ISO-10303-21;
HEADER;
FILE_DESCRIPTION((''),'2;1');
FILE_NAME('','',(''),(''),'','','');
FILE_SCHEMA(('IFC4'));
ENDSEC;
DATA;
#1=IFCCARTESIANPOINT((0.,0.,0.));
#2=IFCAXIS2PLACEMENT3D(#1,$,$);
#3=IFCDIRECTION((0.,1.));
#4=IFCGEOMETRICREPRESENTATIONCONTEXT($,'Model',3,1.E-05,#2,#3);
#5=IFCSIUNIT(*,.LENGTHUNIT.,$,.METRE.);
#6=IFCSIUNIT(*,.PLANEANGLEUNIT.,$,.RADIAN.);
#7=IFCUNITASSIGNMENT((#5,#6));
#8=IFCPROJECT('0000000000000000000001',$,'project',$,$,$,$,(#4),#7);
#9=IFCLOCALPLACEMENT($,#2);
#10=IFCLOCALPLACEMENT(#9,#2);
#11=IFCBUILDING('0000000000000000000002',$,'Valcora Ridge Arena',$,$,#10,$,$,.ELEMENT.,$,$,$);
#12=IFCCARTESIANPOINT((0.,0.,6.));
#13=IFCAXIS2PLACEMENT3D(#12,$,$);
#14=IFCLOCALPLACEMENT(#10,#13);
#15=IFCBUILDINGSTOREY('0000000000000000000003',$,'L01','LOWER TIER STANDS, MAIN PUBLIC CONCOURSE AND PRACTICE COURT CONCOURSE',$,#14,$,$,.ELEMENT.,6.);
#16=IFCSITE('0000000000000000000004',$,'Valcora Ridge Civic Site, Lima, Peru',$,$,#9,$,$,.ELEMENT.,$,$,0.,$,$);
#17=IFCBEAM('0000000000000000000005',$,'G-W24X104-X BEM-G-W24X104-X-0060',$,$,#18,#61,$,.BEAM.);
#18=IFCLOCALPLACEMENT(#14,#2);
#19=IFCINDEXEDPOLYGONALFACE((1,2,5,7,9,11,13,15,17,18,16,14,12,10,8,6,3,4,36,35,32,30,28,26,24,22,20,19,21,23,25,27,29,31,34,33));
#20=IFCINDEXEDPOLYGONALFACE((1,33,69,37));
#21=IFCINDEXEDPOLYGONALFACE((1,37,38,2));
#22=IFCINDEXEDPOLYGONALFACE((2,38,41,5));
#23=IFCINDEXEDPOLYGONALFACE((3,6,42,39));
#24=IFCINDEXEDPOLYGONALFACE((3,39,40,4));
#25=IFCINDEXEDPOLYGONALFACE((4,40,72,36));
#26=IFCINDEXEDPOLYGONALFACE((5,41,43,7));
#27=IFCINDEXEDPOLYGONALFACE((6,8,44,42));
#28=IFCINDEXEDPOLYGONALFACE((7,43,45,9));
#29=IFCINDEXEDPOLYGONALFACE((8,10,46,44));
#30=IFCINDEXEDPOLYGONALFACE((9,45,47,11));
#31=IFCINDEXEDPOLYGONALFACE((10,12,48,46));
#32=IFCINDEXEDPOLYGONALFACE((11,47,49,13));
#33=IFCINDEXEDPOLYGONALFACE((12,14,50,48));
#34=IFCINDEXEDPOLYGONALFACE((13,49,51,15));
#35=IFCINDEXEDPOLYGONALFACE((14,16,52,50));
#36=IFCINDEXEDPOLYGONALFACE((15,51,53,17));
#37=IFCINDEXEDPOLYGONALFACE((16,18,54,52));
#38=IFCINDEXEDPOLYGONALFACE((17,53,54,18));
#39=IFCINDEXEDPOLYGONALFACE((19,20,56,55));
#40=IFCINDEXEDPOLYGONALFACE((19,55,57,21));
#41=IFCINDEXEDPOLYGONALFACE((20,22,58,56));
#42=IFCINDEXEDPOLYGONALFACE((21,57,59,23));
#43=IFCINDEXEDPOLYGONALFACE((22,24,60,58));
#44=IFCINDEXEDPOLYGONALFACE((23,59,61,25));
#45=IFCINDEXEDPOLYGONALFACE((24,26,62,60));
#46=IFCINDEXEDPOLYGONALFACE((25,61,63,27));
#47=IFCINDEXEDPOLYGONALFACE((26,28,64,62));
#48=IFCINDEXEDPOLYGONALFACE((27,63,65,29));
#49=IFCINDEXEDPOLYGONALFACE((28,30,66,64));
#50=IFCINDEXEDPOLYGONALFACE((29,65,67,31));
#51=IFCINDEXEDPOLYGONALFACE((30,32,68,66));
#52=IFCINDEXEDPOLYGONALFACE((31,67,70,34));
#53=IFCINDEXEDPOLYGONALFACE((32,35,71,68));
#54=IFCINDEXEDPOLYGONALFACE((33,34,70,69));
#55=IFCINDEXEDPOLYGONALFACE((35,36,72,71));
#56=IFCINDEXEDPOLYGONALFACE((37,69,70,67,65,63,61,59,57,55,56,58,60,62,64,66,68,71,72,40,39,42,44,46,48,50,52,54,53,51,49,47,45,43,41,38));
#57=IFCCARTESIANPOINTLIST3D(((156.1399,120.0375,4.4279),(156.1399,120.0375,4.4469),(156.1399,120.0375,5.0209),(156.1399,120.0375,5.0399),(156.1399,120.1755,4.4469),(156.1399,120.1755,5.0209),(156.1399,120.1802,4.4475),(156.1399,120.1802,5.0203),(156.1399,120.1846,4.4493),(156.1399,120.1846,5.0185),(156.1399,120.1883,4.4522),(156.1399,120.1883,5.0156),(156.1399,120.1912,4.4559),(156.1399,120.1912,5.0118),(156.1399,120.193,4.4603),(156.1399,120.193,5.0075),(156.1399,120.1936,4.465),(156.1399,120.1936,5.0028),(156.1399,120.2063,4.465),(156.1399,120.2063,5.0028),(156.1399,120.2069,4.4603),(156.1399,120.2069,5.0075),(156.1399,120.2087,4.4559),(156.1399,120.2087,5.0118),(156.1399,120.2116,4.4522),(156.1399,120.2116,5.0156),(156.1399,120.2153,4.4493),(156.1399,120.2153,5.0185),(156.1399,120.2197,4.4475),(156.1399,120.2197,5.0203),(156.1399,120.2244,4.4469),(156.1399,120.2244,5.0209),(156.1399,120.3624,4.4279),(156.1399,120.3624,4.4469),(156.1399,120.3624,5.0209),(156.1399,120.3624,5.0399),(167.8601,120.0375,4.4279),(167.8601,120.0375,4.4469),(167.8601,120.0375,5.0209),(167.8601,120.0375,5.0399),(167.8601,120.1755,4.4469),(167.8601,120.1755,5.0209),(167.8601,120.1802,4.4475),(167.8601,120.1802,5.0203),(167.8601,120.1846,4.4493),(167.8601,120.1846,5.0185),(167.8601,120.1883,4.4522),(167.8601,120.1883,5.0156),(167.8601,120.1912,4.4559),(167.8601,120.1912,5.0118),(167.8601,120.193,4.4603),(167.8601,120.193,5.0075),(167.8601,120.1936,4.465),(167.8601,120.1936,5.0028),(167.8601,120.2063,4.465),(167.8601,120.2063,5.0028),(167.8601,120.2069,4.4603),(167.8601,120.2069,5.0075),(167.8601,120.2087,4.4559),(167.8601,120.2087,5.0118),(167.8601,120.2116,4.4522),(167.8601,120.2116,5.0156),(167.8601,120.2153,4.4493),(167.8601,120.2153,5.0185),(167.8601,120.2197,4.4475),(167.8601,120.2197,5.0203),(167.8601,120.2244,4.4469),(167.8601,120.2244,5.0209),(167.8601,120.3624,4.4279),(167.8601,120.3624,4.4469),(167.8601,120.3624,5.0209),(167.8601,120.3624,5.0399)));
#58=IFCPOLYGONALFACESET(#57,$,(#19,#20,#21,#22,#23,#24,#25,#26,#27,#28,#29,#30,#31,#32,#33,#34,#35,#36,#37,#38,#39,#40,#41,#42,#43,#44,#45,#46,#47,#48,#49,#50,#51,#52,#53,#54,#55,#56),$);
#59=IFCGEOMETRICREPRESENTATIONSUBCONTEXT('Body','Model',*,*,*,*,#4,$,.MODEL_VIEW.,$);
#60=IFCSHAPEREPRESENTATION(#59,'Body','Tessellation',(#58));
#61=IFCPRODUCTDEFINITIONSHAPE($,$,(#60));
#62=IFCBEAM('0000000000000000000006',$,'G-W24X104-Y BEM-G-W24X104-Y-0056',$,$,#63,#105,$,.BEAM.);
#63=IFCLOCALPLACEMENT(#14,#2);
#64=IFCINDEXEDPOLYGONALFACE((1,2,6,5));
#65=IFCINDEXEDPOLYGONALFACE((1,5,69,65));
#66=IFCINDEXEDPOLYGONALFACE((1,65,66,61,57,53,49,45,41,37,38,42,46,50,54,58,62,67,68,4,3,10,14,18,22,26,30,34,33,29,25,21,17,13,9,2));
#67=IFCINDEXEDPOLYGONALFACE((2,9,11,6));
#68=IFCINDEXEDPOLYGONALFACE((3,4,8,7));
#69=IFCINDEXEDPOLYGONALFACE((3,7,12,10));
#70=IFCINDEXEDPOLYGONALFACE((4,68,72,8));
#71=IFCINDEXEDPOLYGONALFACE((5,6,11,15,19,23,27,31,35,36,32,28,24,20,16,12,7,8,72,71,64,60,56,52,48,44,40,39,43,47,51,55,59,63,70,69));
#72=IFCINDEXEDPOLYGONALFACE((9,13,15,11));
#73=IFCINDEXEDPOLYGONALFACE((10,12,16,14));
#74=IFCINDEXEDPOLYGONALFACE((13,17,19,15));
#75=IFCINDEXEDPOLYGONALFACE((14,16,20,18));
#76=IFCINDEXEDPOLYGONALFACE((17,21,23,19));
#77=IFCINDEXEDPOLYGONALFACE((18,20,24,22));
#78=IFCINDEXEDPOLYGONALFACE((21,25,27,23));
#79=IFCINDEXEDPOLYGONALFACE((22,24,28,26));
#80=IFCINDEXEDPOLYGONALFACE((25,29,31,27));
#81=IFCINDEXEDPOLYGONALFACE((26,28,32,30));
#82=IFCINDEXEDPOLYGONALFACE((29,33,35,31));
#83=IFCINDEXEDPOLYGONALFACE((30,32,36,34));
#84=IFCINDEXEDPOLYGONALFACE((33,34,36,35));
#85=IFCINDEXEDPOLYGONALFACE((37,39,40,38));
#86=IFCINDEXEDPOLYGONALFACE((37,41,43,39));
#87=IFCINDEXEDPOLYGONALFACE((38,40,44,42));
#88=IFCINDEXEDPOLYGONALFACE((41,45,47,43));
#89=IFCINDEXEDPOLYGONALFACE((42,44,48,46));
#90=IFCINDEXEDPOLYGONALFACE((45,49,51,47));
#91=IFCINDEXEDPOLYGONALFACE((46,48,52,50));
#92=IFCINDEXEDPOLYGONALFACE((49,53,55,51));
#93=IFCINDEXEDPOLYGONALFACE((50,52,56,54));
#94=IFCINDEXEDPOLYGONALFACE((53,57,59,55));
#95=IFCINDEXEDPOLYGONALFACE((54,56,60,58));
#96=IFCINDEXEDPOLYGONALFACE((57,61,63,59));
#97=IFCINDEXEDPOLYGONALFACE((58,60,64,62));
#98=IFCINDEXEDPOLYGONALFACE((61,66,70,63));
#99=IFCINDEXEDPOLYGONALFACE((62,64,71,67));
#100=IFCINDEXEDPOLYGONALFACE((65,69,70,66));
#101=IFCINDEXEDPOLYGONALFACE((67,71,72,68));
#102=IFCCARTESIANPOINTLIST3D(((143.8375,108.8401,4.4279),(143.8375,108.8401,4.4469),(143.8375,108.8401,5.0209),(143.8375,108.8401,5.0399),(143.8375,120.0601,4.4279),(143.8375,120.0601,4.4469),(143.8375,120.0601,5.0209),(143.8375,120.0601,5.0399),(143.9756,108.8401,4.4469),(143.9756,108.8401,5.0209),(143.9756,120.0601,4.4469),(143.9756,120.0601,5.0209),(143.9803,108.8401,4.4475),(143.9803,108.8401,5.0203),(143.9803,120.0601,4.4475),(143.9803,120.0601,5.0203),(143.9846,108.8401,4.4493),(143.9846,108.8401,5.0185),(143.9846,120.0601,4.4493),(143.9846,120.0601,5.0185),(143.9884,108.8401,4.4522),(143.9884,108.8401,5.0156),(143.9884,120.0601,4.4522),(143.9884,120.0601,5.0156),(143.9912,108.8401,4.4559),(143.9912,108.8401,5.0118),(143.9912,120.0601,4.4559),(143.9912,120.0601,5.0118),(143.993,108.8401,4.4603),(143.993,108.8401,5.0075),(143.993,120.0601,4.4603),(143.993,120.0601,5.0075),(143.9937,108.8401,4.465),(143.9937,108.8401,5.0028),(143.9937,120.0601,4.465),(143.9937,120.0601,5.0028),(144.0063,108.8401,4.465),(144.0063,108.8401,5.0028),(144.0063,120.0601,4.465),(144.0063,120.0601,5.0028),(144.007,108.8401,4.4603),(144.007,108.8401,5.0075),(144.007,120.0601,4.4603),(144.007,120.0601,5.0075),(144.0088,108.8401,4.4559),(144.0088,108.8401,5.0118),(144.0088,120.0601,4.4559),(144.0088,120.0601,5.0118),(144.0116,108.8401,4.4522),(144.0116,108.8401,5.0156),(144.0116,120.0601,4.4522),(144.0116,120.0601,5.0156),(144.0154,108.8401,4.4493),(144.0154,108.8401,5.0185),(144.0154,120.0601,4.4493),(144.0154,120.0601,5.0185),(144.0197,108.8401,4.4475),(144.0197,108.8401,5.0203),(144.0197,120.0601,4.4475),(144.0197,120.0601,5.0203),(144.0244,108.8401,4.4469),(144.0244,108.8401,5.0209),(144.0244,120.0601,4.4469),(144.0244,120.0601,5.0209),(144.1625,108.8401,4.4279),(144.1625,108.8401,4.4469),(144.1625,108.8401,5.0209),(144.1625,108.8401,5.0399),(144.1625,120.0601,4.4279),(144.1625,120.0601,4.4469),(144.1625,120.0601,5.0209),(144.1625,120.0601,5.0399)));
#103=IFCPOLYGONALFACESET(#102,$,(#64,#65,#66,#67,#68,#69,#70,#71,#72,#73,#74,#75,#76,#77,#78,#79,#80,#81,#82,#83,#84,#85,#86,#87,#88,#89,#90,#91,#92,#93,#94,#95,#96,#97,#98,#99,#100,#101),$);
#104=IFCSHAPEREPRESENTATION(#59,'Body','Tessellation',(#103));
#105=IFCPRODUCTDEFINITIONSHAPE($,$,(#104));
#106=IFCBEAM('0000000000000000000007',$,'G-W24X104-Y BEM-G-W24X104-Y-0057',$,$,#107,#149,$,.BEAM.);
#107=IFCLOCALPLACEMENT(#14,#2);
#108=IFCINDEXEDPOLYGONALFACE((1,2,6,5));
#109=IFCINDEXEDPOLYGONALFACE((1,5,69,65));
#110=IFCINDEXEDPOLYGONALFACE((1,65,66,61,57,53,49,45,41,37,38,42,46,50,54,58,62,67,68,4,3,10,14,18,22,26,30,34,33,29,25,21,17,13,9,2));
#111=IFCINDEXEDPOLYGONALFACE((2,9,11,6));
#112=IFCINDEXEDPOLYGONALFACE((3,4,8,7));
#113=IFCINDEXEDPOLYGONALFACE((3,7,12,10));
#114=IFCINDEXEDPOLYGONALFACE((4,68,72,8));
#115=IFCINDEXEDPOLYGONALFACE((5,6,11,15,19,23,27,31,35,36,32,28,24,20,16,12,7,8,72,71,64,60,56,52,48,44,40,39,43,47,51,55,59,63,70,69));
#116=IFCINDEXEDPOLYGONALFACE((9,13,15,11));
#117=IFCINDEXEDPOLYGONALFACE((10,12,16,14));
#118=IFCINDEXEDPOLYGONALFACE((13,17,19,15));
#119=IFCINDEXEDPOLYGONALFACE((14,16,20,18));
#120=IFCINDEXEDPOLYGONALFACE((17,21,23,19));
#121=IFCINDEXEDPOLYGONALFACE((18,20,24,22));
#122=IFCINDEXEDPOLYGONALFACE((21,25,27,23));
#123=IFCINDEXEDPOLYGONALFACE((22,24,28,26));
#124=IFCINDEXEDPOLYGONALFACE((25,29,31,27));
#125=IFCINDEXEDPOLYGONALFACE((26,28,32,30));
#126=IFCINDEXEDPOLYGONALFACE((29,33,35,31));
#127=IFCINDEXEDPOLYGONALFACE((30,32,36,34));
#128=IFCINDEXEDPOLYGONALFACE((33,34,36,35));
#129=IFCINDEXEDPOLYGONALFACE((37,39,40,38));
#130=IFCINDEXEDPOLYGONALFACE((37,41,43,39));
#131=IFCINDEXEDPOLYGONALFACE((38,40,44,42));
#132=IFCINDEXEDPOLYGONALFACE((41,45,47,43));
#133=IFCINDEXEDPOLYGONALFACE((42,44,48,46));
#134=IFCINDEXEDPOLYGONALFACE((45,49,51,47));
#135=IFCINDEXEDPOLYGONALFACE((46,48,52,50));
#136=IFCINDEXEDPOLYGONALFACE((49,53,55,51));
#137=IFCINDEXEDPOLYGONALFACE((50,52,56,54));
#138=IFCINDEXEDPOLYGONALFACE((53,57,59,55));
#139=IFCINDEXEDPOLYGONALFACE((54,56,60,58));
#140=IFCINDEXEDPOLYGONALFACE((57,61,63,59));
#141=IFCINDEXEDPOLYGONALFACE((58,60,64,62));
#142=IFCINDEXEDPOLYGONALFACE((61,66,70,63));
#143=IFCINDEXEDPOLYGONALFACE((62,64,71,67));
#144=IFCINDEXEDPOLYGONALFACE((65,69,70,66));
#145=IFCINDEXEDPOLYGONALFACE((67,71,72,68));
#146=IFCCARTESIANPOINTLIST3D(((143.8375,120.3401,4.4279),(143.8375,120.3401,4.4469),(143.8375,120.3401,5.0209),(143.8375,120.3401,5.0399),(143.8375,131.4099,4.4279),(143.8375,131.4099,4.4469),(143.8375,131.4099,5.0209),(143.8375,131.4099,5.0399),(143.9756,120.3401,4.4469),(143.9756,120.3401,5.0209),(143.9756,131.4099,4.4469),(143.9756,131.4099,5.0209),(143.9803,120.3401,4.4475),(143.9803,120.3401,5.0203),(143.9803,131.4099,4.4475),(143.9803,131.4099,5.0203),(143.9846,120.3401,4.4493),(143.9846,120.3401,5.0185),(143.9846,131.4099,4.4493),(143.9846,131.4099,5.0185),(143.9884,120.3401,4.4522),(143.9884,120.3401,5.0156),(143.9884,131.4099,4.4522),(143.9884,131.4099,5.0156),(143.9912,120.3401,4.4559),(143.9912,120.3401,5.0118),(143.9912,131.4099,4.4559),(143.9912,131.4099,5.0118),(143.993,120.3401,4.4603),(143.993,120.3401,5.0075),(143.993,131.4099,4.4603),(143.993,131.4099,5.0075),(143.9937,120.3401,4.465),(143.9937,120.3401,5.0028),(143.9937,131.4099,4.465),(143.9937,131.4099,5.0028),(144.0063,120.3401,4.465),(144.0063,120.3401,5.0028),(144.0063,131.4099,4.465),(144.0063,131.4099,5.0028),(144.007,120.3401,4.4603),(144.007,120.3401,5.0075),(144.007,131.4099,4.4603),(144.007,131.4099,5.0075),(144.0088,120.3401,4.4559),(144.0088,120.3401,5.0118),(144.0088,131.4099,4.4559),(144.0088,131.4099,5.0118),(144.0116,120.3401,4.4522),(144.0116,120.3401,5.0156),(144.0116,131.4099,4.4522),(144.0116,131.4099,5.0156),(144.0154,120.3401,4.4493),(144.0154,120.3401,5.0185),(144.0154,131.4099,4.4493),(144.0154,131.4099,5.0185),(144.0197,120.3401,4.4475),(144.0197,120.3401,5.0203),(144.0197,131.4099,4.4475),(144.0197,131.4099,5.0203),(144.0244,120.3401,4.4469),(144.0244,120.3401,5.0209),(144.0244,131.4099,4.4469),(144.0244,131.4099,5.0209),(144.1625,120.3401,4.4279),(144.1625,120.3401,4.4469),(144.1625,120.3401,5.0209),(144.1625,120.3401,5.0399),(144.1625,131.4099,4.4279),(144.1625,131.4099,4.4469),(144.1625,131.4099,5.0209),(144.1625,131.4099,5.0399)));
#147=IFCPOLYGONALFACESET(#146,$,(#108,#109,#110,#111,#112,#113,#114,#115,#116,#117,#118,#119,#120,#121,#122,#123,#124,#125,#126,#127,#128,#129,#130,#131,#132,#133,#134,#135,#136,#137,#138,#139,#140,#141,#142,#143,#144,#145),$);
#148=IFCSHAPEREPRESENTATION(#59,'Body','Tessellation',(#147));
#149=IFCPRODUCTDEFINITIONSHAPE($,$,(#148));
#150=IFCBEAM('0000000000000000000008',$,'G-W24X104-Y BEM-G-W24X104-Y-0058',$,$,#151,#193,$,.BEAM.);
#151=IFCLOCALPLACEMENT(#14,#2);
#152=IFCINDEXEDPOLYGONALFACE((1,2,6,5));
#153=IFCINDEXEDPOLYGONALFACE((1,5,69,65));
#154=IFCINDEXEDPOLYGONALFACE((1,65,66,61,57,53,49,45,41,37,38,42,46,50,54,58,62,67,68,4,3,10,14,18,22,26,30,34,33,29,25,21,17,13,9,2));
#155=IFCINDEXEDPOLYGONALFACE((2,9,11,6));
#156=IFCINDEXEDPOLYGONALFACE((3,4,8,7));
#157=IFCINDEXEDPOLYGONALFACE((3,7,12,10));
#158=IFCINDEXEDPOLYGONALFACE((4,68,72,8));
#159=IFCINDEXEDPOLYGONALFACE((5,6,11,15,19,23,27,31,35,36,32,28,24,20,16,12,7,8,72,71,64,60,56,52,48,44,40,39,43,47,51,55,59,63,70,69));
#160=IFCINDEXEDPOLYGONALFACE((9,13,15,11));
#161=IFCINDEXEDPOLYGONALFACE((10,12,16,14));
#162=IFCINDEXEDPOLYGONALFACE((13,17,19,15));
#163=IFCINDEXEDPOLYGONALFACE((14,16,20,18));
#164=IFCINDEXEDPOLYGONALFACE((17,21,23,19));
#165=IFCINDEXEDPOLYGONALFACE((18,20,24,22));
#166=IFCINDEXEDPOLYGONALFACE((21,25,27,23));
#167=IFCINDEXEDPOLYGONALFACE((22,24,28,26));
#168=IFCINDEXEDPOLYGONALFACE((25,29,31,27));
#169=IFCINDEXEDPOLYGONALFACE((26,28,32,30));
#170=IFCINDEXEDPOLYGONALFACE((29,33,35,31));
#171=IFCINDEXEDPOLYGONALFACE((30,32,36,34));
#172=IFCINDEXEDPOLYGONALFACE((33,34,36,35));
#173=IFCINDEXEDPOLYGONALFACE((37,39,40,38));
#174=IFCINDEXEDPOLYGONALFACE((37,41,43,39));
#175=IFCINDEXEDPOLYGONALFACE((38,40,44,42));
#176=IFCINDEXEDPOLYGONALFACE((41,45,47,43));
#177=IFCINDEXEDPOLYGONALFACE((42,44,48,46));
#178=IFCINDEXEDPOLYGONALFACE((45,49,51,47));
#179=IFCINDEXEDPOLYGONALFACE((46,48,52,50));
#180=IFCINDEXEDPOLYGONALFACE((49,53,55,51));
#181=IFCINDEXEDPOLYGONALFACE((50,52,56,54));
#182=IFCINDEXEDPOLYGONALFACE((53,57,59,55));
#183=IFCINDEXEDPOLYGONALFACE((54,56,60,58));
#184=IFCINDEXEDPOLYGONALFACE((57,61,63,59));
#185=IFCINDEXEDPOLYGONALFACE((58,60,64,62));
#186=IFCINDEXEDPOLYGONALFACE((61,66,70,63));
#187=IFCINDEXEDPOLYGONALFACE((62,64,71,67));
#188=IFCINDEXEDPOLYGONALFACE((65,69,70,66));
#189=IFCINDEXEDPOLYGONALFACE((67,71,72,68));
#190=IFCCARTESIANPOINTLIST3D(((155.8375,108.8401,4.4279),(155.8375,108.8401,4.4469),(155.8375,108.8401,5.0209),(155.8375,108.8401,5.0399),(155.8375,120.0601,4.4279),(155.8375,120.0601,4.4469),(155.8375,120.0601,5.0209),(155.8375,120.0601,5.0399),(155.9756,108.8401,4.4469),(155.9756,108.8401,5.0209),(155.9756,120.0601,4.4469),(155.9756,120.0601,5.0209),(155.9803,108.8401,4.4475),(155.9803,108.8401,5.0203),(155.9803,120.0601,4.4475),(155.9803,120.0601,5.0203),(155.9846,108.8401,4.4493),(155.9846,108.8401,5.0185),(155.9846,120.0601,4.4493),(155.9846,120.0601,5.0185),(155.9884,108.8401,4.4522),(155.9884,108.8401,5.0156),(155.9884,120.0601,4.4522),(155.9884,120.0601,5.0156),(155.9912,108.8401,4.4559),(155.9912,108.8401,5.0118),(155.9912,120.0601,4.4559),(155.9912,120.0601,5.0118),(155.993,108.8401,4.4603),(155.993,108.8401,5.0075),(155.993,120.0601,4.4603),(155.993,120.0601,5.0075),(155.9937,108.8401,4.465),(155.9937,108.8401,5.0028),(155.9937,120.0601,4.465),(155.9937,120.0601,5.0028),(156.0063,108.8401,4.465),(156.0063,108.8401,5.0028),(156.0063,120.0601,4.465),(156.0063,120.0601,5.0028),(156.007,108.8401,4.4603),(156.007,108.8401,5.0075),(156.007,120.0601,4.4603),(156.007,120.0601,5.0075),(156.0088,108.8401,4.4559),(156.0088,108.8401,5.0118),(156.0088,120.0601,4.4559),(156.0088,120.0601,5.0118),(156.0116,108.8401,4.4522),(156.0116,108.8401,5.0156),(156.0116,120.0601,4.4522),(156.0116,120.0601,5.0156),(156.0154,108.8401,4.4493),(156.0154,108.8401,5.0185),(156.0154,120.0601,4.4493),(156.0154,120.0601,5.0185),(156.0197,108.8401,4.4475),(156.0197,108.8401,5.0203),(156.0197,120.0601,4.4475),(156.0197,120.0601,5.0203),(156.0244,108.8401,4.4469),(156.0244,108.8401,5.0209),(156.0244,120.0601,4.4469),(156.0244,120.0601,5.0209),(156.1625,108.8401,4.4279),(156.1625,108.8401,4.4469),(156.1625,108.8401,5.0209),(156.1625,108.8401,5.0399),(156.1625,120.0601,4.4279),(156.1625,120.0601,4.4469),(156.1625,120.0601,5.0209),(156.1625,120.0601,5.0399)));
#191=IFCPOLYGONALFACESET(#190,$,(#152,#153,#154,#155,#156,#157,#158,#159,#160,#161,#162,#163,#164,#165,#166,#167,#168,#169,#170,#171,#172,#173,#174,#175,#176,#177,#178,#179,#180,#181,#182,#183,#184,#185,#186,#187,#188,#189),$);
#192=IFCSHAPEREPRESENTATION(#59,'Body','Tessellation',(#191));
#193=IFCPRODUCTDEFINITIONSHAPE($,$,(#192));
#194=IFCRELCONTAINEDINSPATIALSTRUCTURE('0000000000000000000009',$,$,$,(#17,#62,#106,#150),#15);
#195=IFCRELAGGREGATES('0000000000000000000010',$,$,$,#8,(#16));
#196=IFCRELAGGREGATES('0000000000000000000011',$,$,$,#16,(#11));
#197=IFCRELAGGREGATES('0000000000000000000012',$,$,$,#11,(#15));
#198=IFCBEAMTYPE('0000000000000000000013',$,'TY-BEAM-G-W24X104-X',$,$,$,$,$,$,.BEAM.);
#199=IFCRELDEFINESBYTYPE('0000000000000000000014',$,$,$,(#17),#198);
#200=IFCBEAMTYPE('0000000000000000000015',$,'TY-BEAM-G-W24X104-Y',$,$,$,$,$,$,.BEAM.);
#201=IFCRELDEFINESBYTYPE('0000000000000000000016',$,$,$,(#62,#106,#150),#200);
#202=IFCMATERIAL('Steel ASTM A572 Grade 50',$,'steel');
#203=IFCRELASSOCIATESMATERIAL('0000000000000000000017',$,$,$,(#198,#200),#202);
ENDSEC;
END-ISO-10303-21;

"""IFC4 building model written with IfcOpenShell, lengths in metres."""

from ifc_helpers import new_model, si_unit, direction, frame, origin, origin_2d, place, context, subcontext, project, spatial, i_section, extrude, material, material_profile, profile_set, type_object, element, save


model = new_model("IFC4")

# Units and contexts
model_context = context("Model", 3, precision=1e-05, world=origin(), true_north=direction((0.0, 1.0)))
body_context = subcontext(model_context, "Body", "Model", "MODEL_VIEW")
ifc_project = project(units=[si_unit("LENGTHUNIT", "METRE"), si_unit("PLANEANGLEUNIT", "RADIAN")], contexts=[model_context])

# Site, building, storey
site_placement = place(None, origin())
site = spatial("IfcSite", under=ifc_project, at=site_placement, Name="Valcora Ridge Civic Site, Lima, Peru", CompositionType="ELEMENT", RefElevation=0.0)
building_placement = place(site_placement, origin())
building = spatial("IfcBuilding", under=site, at=building_placement, Name="Valcora Ridge Arena", CompositionType="ELEMENT")
storey_placement = place(building_placement, frame((0.0, 0.0, 6.0)))
storey = spatial("IfcBuildingStorey", under=building, at=storey_placement, Name="L01", Description="LOWER TIER STANDS, MAIN PUBLIC CONCOURSE AND PRACTICE COURT CONCOURSE", CompositionType="ELEMENT", Elevation=6.0)

# Beams
ifc_material_1 = material(Name="Steel ASTM A572 Grade 50", Category="steel")
ifc_material_profile_1 = material_profile(ifc_material_1, i_section(OverallWidth=0.325, OverallDepth=0.6121, WebThickness=0.0127, FlangeThickness=0.019, FilletRadius=0.0181, at=origin_2d()), Name="W24X104")
ifc_profile_set_1 = profile_set([ifc_material_profile_1], Name="Steel ASTM A572 Grade 50")
beam_type_1 = type_object("IfcBeamType", Name="TY-BEAM-G-W24X104-X", PredefinedType="BEAM", material=ifc_profile_set_1)
for number, where, z_axis, x_axis, name in (
    (1, (156.1399, 120.2, 4.7339), (1.0, 0.0, 0.0), (0.0, 1.0, 0.0), "G-W24X104-X BEM-G-W24X104-X-0060"),
):
    element("IfcBeam", number, at=place(storey_placement, frame(where, z_axis=z_axis, x_axis=x_axis)), inside=storey, type_object=beam_type_1, Name=name, PredefinedType="BEAM", context=body_context, shape_type="SweptSolid", body=[
        extrude(i_section(OverallWidth=0.325, OverallDepth=0.6121, WebThickness=0.0127, FlangeThickness=0.019, FilletRadius=0.0181, at=origin_2d()), origin(), (0.0, 0.0, 1.0), 11.7202),
    ])
ifc_material_profile_2 = material_profile(ifc_material_1, i_section(OverallWidth=0.325, OverallDepth=0.6121, WebThickness=0.0127, FlangeThickness=0.019, FilletRadius=0.0181, at=origin_2d()), Name="W24X104")
ifc_profile_set_2 = profile_set([ifc_material_profile_2], Name="Steel ASTM A572 Grade 50")
beam_type_2 = type_object("IfcBeamType", Name="TY-BEAM-G-W24X104-Y", PredefinedType="BEAM", material=ifc_profile_set_2)
beam_1_placement = place(storey_placement, frame((144.0, 108.8401, 4.7339), z_axis=(0.0, 1.0, 0.0), x_axis=(-1.0, 0.0, 0.0)))
element("IfcBeam", 2, at=beam_1_placement, inside=storey, type_object=beam_type_2, Name="G-W24X104-Y BEM-G-W24X104-Y-0056", PredefinedType="BEAM", context=body_context, shape_type="SweptSolid", body=[
    extrude(i_section(OverallWidth=0.325, OverallDepth=0.6121, WebThickness=0.0127, FlangeThickness=0.019, FilletRadius=0.0181, at=origin_2d()), origin(), (0.0, 0.0, 1.0), 11.22),
])
beam_2_placement = place(storey_placement, frame((144.0, 120.3401, 4.7339), z_axis=(0.0, 1.0, 0.0), x_axis=(-1.0, 0.0, 0.0)))
element("IfcBeam", 3, at=beam_2_placement, inside=storey, type_object=beam_type_2, Name="G-W24X104-Y BEM-G-W24X104-Y-0057", PredefinedType="BEAM", context=body_context, shape_type="SweptSolid", body=[
    extrude(i_section(OverallWidth=0.325, OverallDepth=0.6121, WebThickness=0.0127, FlangeThickness=0.019, FilletRadius=0.0181, at=origin_2d()), origin(), (0.0, 0.0, 1.0), 11.0698),
])
beam_3_placement = place(storey_placement, frame((156.0, 108.8401, 4.7339), z_axis=(0.0, 1.0, 0.0), x_axis=(-1.0, 0.0, 0.0)))
element("IfcBeam", 4, at=beam_3_placement, inside=storey, type_object=beam_type_2, Name="G-W24X104-Y BEM-G-W24X104-Y-0058", PredefinedType="BEAM", context=body_context, shape_type="SweptSolid", body=[
    extrude(i_section(OverallWidth=0.325, OverallDepth=0.6121, WebThickness=0.0127, FlangeThickness=0.019, FilletRadius=0.0181, at=origin_2d()), origin(), (0.0, 0.0, 1.0), 11.22),
])

save(model, "model.ifc")
